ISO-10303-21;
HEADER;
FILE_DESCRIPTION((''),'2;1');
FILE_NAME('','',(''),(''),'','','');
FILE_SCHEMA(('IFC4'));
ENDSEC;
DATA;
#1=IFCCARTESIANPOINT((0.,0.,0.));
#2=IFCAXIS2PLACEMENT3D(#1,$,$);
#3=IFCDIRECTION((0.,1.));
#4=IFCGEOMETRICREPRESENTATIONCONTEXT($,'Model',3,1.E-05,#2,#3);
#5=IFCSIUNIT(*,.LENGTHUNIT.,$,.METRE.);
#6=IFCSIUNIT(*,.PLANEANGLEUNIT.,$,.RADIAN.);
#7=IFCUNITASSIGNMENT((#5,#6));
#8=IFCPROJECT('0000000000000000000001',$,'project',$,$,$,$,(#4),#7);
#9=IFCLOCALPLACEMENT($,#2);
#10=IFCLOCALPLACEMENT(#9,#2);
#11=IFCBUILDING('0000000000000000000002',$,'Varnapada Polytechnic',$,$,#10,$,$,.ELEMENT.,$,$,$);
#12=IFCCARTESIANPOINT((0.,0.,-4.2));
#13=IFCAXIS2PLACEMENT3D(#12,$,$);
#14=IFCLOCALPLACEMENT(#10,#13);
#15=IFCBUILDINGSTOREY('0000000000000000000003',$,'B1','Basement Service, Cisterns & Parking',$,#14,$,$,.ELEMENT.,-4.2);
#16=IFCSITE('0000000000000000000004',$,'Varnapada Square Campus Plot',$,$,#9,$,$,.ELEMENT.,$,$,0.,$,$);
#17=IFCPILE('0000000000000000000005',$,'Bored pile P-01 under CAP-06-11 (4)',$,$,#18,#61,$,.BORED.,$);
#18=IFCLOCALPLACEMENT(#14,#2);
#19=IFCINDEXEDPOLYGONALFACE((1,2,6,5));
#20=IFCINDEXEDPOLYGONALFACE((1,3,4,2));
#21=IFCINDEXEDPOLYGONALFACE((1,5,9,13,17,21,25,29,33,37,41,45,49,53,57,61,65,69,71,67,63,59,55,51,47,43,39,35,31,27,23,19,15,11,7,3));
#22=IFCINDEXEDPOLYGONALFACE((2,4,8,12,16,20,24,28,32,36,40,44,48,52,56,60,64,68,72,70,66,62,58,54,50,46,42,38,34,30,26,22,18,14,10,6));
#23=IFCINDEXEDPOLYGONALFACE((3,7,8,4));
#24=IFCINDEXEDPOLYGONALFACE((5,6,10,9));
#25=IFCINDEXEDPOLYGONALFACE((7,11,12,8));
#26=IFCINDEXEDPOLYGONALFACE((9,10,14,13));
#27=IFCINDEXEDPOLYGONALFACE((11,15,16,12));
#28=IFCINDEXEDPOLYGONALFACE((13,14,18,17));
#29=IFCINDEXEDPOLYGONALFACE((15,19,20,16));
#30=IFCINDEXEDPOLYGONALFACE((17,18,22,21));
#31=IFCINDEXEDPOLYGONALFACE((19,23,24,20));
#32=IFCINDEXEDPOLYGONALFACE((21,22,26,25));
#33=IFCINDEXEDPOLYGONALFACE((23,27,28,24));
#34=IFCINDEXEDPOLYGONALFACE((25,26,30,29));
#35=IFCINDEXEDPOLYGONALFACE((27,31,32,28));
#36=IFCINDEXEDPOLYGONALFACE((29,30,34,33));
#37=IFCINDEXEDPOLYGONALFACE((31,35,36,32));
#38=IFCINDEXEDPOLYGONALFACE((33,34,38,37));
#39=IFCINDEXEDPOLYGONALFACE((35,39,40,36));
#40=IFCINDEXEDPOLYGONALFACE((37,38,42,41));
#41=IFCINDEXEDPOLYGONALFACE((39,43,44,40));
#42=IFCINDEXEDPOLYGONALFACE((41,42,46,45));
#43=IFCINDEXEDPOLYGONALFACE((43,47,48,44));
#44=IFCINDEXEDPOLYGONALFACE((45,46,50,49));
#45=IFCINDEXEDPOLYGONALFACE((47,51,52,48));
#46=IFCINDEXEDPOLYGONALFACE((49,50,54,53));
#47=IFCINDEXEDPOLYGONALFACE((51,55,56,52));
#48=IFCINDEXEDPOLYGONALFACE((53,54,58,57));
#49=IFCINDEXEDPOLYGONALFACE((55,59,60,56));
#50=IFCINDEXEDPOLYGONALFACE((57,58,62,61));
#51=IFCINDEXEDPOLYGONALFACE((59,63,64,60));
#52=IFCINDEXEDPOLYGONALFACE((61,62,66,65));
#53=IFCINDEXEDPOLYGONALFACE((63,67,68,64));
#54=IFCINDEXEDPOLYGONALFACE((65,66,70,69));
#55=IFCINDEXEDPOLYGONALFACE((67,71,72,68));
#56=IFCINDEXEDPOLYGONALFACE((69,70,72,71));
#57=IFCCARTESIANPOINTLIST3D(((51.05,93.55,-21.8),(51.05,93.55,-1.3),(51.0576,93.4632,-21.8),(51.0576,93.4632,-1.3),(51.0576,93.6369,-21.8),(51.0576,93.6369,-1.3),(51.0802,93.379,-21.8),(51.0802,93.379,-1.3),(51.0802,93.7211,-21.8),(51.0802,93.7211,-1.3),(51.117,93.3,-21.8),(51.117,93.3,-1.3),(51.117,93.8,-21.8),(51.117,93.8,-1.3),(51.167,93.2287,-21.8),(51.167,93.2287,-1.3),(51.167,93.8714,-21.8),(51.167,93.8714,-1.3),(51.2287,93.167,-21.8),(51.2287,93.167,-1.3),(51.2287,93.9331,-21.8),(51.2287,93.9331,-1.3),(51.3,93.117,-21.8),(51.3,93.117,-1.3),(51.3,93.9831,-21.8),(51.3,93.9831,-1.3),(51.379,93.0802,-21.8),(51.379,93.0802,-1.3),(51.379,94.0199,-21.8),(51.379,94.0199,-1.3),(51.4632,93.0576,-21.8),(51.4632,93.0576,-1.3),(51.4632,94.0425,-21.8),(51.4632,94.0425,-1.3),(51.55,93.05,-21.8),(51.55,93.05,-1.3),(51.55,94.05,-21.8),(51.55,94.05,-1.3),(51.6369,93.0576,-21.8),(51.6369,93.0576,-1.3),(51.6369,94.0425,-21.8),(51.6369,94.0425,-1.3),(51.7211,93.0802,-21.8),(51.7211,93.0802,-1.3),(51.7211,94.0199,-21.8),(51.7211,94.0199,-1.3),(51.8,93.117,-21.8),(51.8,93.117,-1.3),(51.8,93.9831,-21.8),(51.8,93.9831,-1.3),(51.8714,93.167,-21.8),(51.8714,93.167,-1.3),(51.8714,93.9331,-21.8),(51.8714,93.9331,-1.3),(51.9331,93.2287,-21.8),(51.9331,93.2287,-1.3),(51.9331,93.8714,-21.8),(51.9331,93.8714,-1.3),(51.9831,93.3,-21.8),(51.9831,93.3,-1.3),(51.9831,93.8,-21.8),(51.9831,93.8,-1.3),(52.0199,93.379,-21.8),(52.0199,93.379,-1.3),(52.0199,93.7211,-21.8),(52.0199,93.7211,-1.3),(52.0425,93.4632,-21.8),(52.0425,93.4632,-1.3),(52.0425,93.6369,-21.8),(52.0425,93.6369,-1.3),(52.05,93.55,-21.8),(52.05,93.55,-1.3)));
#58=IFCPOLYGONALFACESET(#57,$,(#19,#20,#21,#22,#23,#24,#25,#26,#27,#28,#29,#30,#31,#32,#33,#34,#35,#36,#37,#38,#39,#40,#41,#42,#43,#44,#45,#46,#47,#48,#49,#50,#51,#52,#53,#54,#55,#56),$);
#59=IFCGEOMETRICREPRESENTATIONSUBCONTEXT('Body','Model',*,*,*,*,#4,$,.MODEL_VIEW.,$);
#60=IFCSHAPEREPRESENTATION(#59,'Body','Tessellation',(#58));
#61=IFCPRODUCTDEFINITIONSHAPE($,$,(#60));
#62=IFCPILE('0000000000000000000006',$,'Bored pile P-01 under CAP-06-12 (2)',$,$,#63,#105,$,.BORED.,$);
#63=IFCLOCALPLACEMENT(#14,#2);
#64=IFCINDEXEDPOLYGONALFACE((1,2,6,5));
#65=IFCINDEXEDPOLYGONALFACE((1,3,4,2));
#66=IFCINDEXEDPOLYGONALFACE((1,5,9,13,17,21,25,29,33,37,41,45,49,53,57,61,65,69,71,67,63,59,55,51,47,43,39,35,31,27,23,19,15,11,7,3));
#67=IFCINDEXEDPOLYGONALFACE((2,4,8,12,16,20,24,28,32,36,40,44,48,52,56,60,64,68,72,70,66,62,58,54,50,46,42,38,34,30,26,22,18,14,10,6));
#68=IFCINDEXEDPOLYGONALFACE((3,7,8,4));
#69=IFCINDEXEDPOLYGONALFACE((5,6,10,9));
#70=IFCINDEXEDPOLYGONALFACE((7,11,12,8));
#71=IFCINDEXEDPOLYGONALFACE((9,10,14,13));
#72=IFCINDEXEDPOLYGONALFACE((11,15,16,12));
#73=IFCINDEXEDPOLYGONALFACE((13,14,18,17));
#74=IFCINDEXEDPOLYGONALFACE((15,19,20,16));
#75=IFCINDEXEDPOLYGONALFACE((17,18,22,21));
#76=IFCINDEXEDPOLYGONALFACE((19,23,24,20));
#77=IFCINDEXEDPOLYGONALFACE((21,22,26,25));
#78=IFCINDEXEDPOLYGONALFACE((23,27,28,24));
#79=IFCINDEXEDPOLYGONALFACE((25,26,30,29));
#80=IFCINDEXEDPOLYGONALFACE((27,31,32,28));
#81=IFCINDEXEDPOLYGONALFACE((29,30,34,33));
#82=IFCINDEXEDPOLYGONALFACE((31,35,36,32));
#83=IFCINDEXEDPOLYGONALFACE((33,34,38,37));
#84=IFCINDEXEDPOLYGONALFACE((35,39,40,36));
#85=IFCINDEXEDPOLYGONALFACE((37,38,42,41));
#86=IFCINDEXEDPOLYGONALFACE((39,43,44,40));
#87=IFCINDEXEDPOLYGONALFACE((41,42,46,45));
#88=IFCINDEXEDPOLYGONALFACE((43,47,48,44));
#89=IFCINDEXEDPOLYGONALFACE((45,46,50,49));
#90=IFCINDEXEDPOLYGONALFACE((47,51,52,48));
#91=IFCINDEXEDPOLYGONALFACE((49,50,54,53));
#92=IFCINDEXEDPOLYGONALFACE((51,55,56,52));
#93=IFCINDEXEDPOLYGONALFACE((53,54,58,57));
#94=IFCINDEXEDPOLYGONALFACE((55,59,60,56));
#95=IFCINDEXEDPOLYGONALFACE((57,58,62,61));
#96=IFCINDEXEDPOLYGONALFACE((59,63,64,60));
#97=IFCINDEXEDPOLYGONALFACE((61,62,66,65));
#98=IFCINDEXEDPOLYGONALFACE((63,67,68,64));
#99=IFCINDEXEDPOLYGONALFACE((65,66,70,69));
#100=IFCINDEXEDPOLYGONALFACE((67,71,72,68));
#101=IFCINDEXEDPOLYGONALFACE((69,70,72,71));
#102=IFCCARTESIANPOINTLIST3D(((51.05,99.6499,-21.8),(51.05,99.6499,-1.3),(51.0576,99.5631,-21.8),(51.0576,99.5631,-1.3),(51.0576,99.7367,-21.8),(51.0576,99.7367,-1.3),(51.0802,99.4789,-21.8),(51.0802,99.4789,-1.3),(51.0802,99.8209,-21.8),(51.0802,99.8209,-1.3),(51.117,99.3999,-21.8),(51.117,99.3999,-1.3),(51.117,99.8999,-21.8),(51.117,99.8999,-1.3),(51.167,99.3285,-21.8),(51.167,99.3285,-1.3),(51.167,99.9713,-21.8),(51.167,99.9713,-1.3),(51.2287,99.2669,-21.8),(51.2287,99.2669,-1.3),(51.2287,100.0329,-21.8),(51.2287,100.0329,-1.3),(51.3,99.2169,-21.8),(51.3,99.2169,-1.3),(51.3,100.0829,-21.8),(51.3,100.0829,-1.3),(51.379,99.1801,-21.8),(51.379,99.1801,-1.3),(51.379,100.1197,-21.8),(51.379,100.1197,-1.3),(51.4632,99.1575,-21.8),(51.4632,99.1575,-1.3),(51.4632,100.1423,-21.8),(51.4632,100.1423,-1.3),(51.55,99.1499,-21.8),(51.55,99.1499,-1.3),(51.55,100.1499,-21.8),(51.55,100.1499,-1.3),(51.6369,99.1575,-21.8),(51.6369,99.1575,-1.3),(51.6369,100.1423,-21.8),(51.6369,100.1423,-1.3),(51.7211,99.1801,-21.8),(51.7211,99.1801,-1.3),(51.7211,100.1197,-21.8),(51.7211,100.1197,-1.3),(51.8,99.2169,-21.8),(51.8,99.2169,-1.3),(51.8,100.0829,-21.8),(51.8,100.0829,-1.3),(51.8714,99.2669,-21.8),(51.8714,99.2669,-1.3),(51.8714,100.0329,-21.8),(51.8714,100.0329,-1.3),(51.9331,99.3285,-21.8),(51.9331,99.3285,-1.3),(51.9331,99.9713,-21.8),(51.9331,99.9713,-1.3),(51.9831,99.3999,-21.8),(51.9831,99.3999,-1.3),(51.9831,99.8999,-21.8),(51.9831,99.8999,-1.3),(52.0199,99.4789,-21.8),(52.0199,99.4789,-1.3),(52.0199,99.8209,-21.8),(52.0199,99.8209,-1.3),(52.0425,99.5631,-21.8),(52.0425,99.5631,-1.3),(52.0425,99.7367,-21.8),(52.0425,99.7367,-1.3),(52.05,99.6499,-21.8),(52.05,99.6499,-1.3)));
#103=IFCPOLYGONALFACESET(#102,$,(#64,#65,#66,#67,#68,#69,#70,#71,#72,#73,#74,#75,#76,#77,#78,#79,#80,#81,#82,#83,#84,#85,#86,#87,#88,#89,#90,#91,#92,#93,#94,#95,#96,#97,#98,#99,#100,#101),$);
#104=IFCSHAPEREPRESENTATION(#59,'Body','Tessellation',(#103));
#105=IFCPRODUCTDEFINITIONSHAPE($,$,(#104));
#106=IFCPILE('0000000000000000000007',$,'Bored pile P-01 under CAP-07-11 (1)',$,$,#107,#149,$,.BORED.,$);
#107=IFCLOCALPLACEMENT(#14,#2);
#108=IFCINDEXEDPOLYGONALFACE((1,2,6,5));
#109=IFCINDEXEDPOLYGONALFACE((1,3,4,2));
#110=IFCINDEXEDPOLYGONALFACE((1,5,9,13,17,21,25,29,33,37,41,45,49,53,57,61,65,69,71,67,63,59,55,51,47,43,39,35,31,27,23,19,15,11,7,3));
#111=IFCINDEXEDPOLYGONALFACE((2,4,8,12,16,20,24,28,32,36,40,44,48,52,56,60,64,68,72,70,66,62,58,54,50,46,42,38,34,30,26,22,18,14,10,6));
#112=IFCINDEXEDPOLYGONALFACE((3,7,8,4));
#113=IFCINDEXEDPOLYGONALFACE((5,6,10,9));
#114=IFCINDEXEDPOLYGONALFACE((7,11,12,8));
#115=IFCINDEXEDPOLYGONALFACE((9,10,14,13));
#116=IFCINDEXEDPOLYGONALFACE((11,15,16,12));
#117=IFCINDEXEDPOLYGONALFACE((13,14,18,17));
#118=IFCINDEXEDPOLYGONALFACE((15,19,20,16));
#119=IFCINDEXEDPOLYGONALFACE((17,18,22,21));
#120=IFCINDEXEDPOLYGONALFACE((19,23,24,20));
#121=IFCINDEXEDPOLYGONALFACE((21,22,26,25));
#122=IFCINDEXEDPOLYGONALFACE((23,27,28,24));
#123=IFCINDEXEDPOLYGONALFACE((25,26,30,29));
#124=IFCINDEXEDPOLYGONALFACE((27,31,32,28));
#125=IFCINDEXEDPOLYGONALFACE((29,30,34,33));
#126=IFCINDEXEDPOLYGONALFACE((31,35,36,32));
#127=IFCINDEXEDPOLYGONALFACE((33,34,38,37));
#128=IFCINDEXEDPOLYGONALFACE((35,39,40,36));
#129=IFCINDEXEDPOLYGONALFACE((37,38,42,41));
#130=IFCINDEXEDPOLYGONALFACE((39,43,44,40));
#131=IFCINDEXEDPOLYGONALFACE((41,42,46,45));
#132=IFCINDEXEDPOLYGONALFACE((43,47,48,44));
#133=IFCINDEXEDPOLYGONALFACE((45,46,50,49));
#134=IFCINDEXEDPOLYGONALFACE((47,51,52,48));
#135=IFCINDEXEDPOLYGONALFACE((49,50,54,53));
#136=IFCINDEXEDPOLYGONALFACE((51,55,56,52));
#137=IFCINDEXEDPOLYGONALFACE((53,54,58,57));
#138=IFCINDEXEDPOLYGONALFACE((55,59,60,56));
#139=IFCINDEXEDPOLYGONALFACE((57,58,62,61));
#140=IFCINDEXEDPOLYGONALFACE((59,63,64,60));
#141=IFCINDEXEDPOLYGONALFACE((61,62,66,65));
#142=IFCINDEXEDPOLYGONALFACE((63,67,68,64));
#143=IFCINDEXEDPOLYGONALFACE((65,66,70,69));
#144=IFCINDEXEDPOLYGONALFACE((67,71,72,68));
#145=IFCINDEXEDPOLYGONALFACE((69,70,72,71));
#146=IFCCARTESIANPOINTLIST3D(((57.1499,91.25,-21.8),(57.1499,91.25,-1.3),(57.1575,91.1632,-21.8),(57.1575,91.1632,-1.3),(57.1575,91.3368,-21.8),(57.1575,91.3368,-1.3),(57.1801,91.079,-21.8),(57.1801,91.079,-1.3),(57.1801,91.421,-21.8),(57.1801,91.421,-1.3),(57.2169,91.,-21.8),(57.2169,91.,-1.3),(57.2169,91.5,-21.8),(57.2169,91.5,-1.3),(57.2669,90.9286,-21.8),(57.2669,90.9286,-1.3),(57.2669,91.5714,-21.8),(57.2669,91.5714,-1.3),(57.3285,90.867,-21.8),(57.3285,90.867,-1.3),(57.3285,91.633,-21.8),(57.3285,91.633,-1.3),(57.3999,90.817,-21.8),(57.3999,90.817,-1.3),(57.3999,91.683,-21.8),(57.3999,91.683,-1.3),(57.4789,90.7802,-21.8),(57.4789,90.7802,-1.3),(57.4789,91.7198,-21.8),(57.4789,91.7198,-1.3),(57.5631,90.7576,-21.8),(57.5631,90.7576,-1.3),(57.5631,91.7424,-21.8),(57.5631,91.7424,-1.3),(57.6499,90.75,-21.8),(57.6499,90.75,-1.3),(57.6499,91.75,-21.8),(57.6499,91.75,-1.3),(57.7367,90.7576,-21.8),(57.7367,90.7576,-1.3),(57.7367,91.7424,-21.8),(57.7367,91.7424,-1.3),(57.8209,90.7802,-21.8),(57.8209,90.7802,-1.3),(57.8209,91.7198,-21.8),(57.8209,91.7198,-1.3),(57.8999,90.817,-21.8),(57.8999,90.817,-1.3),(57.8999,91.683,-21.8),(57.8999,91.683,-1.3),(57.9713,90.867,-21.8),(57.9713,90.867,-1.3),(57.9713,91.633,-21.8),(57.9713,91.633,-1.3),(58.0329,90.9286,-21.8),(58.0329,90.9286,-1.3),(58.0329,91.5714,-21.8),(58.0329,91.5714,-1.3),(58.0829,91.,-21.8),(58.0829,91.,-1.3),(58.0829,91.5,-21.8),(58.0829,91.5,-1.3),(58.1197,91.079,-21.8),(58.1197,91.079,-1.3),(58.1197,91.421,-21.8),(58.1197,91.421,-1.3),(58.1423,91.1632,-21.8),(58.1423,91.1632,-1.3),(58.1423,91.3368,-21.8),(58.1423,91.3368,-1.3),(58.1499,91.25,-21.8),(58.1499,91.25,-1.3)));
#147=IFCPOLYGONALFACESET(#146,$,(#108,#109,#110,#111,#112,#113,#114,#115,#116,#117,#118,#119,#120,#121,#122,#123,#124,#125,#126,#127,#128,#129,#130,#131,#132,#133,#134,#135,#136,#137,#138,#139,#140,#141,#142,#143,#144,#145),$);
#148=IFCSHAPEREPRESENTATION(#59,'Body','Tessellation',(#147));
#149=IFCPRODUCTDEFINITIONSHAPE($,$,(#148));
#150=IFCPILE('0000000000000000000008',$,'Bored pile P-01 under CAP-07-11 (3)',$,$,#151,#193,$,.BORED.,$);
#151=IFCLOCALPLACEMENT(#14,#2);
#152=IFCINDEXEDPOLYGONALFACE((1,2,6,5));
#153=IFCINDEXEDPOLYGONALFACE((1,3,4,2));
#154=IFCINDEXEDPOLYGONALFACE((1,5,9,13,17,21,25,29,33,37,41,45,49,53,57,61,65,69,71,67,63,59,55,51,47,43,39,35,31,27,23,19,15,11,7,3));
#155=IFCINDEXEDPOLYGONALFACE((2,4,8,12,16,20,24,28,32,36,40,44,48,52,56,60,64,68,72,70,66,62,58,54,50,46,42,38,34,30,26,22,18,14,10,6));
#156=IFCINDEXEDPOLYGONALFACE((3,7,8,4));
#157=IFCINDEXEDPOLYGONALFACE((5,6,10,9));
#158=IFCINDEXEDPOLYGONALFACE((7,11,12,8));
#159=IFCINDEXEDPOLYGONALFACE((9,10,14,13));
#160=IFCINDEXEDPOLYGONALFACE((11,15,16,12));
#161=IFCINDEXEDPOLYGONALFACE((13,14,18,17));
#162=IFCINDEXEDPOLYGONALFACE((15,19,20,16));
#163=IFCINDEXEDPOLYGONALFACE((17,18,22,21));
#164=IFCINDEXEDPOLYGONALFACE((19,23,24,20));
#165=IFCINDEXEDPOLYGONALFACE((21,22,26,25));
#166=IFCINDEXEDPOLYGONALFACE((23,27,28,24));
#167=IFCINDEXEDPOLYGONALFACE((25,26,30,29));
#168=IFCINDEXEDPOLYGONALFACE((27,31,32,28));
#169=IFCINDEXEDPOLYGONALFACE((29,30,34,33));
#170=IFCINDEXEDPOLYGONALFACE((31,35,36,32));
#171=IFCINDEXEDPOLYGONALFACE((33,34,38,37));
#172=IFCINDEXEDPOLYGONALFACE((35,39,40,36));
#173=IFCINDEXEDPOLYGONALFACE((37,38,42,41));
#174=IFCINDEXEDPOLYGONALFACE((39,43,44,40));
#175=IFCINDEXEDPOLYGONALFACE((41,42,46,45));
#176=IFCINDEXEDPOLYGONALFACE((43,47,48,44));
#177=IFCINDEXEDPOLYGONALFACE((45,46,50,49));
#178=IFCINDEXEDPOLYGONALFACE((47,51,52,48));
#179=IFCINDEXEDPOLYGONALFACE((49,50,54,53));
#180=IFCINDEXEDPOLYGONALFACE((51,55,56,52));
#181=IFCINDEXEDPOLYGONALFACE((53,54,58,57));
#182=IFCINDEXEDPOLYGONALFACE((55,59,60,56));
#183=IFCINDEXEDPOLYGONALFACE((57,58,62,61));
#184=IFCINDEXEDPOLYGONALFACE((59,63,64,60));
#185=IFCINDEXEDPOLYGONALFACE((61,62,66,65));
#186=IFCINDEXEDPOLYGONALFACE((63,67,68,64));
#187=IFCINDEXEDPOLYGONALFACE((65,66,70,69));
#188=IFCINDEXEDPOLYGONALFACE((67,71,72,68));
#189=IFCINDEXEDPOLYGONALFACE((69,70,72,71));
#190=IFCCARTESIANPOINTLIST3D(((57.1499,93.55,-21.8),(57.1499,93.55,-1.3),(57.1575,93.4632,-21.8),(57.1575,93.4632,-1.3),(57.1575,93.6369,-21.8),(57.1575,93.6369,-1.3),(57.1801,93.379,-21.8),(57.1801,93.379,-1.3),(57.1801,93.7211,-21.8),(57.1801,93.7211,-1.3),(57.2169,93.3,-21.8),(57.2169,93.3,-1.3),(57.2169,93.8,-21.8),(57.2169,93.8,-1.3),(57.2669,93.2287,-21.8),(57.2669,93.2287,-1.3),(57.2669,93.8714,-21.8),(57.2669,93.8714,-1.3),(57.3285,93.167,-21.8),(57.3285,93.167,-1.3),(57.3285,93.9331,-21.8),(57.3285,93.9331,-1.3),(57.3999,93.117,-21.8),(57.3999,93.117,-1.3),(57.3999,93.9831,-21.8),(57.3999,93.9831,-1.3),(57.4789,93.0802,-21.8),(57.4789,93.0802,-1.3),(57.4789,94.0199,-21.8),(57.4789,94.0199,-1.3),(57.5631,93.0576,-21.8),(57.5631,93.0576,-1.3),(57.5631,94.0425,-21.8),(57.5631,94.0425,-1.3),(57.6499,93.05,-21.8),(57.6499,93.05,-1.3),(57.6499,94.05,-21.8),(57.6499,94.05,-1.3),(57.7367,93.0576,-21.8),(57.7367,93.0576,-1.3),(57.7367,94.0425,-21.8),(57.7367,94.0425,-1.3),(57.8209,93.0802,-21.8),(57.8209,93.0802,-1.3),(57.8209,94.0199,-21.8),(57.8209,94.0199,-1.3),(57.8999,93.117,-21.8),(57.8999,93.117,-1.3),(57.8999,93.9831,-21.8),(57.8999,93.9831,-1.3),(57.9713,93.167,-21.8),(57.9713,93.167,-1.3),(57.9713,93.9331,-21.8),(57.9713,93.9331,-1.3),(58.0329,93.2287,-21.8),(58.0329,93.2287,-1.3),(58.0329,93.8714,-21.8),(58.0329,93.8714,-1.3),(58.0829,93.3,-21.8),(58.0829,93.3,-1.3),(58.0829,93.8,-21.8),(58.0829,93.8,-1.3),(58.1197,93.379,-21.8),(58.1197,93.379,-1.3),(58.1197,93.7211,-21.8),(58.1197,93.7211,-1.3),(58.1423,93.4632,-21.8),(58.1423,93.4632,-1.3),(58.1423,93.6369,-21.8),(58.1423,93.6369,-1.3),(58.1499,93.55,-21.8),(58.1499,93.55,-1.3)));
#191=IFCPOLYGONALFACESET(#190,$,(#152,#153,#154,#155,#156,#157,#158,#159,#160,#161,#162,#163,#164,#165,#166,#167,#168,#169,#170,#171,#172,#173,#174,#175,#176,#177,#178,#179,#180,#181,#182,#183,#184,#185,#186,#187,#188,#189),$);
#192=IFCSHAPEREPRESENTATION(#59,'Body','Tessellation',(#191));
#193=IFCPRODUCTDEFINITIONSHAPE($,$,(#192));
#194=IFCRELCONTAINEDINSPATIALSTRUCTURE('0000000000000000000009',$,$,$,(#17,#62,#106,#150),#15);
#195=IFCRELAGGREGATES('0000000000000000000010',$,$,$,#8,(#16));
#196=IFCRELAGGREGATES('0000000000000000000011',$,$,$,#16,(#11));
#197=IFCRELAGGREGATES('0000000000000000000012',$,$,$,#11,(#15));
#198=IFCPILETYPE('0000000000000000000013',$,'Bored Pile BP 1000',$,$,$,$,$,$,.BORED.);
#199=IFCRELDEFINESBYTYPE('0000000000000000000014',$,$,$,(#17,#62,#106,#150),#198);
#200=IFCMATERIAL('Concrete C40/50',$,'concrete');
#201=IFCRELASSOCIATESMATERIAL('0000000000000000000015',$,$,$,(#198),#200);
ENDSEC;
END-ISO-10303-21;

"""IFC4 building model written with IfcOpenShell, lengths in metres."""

from ifc_helpers import new_model, si_unit, direction, frame, origin, origin_2d, place, context, subcontext, project, spatial, circle, extrude, material, material_profile, profile_set, type_object, element, save


model = new_model("IFC4")

# Units and contexts
model_context = context("Model", 3, precision=1e-05, world=origin(), true_north=direction((0.0, 1.0)))
body_context = subcontext(model_context, "Body", "Model", "MODEL_VIEW")
ifc_project = project(units=[si_unit("LENGTHUNIT", "METRE"), si_unit("PLANEANGLEUNIT", "RADIAN")], contexts=[model_context])

# Site, building, storey
site_placement = place(None, origin())
site = spatial("IfcSite", under=ifc_project, at=site_placement, Name="Varnapada Square Campus Plot", CompositionType="ELEMENT", RefElevation=0.0)
building_placement = place(site_placement, origin())
building = spatial("IfcBuilding", under=site, at=building_placement, Name="Varnapada Polytechnic", CompositionType="ELEMENT")
storey_placement = place(building_placement, frame((0.0, 0.0, -4.2)))
storey = spatial("IfcBuildingStorey", under=building, at=storey_placement, Name="B1", Description="Basement Service, Cisterns & Parking", CompositionType="ELEMENT", Elevation=-4.2)

# Piles
ifc_material_1 = material(Name="Concrete C40/50", Category="concrete")
ifc_material_profile_1 = material_profile(ifc_material_1, circle(Radius=0.5, at=origin_2d()), Name="BP 1000")
ifc_profile_set_1 = profile_set([ifc_material_profile_1], Name="Concrete C40/50")
pile_type_1 = type_object("IfcPileType", Name="Bored Pile BP 1000", PredefinedType="BORED", material=ifc_profile_set_1)
for number, where, z_axis, x_axis, name in (
    (1, (51.55, 93.55, -1.3), (0.0, 0.0, -1.0), (1.0, 0.0, 0.0), "Bored pile P-01 under CAP-06-11 (4)"),
    (2, (51.55, 99.6499, -1.3), (0.0, 0.0, -1.0), (1.0, 0.0, 0.0), "Bored pile P-01 under CAP-06-12 (2)"),
    (3, (57.6499, 91.25, -1.3), (0.0, 0.0, -1.0), (1.0, 0.0, 0.0), "Bored pile P-01 under CAP-07-11 (1)"),
    (4, (57.6499, 93.55, -1.3), (0.0, 0.0, -1.0), (1.0, 0.0, 0.0), "Bored pile P-01 under CAP-07-11 (3)"),
):
    element("IfcPile", number, at=place(storey_placement, frame(where, z_axis=z_axis, x_axis=x_axis)), inside=storey, type_object=pile_type_1, Name=name, PredefinedType="BORED", context=body_context, shape_type="SweptSolid", body=[
        extrude(circle(Radius=0.5, at=origin_2d()), origin(), (0.0, 0.0, 1.0), 20.5),
    ])

save(model, "model.ifc")
